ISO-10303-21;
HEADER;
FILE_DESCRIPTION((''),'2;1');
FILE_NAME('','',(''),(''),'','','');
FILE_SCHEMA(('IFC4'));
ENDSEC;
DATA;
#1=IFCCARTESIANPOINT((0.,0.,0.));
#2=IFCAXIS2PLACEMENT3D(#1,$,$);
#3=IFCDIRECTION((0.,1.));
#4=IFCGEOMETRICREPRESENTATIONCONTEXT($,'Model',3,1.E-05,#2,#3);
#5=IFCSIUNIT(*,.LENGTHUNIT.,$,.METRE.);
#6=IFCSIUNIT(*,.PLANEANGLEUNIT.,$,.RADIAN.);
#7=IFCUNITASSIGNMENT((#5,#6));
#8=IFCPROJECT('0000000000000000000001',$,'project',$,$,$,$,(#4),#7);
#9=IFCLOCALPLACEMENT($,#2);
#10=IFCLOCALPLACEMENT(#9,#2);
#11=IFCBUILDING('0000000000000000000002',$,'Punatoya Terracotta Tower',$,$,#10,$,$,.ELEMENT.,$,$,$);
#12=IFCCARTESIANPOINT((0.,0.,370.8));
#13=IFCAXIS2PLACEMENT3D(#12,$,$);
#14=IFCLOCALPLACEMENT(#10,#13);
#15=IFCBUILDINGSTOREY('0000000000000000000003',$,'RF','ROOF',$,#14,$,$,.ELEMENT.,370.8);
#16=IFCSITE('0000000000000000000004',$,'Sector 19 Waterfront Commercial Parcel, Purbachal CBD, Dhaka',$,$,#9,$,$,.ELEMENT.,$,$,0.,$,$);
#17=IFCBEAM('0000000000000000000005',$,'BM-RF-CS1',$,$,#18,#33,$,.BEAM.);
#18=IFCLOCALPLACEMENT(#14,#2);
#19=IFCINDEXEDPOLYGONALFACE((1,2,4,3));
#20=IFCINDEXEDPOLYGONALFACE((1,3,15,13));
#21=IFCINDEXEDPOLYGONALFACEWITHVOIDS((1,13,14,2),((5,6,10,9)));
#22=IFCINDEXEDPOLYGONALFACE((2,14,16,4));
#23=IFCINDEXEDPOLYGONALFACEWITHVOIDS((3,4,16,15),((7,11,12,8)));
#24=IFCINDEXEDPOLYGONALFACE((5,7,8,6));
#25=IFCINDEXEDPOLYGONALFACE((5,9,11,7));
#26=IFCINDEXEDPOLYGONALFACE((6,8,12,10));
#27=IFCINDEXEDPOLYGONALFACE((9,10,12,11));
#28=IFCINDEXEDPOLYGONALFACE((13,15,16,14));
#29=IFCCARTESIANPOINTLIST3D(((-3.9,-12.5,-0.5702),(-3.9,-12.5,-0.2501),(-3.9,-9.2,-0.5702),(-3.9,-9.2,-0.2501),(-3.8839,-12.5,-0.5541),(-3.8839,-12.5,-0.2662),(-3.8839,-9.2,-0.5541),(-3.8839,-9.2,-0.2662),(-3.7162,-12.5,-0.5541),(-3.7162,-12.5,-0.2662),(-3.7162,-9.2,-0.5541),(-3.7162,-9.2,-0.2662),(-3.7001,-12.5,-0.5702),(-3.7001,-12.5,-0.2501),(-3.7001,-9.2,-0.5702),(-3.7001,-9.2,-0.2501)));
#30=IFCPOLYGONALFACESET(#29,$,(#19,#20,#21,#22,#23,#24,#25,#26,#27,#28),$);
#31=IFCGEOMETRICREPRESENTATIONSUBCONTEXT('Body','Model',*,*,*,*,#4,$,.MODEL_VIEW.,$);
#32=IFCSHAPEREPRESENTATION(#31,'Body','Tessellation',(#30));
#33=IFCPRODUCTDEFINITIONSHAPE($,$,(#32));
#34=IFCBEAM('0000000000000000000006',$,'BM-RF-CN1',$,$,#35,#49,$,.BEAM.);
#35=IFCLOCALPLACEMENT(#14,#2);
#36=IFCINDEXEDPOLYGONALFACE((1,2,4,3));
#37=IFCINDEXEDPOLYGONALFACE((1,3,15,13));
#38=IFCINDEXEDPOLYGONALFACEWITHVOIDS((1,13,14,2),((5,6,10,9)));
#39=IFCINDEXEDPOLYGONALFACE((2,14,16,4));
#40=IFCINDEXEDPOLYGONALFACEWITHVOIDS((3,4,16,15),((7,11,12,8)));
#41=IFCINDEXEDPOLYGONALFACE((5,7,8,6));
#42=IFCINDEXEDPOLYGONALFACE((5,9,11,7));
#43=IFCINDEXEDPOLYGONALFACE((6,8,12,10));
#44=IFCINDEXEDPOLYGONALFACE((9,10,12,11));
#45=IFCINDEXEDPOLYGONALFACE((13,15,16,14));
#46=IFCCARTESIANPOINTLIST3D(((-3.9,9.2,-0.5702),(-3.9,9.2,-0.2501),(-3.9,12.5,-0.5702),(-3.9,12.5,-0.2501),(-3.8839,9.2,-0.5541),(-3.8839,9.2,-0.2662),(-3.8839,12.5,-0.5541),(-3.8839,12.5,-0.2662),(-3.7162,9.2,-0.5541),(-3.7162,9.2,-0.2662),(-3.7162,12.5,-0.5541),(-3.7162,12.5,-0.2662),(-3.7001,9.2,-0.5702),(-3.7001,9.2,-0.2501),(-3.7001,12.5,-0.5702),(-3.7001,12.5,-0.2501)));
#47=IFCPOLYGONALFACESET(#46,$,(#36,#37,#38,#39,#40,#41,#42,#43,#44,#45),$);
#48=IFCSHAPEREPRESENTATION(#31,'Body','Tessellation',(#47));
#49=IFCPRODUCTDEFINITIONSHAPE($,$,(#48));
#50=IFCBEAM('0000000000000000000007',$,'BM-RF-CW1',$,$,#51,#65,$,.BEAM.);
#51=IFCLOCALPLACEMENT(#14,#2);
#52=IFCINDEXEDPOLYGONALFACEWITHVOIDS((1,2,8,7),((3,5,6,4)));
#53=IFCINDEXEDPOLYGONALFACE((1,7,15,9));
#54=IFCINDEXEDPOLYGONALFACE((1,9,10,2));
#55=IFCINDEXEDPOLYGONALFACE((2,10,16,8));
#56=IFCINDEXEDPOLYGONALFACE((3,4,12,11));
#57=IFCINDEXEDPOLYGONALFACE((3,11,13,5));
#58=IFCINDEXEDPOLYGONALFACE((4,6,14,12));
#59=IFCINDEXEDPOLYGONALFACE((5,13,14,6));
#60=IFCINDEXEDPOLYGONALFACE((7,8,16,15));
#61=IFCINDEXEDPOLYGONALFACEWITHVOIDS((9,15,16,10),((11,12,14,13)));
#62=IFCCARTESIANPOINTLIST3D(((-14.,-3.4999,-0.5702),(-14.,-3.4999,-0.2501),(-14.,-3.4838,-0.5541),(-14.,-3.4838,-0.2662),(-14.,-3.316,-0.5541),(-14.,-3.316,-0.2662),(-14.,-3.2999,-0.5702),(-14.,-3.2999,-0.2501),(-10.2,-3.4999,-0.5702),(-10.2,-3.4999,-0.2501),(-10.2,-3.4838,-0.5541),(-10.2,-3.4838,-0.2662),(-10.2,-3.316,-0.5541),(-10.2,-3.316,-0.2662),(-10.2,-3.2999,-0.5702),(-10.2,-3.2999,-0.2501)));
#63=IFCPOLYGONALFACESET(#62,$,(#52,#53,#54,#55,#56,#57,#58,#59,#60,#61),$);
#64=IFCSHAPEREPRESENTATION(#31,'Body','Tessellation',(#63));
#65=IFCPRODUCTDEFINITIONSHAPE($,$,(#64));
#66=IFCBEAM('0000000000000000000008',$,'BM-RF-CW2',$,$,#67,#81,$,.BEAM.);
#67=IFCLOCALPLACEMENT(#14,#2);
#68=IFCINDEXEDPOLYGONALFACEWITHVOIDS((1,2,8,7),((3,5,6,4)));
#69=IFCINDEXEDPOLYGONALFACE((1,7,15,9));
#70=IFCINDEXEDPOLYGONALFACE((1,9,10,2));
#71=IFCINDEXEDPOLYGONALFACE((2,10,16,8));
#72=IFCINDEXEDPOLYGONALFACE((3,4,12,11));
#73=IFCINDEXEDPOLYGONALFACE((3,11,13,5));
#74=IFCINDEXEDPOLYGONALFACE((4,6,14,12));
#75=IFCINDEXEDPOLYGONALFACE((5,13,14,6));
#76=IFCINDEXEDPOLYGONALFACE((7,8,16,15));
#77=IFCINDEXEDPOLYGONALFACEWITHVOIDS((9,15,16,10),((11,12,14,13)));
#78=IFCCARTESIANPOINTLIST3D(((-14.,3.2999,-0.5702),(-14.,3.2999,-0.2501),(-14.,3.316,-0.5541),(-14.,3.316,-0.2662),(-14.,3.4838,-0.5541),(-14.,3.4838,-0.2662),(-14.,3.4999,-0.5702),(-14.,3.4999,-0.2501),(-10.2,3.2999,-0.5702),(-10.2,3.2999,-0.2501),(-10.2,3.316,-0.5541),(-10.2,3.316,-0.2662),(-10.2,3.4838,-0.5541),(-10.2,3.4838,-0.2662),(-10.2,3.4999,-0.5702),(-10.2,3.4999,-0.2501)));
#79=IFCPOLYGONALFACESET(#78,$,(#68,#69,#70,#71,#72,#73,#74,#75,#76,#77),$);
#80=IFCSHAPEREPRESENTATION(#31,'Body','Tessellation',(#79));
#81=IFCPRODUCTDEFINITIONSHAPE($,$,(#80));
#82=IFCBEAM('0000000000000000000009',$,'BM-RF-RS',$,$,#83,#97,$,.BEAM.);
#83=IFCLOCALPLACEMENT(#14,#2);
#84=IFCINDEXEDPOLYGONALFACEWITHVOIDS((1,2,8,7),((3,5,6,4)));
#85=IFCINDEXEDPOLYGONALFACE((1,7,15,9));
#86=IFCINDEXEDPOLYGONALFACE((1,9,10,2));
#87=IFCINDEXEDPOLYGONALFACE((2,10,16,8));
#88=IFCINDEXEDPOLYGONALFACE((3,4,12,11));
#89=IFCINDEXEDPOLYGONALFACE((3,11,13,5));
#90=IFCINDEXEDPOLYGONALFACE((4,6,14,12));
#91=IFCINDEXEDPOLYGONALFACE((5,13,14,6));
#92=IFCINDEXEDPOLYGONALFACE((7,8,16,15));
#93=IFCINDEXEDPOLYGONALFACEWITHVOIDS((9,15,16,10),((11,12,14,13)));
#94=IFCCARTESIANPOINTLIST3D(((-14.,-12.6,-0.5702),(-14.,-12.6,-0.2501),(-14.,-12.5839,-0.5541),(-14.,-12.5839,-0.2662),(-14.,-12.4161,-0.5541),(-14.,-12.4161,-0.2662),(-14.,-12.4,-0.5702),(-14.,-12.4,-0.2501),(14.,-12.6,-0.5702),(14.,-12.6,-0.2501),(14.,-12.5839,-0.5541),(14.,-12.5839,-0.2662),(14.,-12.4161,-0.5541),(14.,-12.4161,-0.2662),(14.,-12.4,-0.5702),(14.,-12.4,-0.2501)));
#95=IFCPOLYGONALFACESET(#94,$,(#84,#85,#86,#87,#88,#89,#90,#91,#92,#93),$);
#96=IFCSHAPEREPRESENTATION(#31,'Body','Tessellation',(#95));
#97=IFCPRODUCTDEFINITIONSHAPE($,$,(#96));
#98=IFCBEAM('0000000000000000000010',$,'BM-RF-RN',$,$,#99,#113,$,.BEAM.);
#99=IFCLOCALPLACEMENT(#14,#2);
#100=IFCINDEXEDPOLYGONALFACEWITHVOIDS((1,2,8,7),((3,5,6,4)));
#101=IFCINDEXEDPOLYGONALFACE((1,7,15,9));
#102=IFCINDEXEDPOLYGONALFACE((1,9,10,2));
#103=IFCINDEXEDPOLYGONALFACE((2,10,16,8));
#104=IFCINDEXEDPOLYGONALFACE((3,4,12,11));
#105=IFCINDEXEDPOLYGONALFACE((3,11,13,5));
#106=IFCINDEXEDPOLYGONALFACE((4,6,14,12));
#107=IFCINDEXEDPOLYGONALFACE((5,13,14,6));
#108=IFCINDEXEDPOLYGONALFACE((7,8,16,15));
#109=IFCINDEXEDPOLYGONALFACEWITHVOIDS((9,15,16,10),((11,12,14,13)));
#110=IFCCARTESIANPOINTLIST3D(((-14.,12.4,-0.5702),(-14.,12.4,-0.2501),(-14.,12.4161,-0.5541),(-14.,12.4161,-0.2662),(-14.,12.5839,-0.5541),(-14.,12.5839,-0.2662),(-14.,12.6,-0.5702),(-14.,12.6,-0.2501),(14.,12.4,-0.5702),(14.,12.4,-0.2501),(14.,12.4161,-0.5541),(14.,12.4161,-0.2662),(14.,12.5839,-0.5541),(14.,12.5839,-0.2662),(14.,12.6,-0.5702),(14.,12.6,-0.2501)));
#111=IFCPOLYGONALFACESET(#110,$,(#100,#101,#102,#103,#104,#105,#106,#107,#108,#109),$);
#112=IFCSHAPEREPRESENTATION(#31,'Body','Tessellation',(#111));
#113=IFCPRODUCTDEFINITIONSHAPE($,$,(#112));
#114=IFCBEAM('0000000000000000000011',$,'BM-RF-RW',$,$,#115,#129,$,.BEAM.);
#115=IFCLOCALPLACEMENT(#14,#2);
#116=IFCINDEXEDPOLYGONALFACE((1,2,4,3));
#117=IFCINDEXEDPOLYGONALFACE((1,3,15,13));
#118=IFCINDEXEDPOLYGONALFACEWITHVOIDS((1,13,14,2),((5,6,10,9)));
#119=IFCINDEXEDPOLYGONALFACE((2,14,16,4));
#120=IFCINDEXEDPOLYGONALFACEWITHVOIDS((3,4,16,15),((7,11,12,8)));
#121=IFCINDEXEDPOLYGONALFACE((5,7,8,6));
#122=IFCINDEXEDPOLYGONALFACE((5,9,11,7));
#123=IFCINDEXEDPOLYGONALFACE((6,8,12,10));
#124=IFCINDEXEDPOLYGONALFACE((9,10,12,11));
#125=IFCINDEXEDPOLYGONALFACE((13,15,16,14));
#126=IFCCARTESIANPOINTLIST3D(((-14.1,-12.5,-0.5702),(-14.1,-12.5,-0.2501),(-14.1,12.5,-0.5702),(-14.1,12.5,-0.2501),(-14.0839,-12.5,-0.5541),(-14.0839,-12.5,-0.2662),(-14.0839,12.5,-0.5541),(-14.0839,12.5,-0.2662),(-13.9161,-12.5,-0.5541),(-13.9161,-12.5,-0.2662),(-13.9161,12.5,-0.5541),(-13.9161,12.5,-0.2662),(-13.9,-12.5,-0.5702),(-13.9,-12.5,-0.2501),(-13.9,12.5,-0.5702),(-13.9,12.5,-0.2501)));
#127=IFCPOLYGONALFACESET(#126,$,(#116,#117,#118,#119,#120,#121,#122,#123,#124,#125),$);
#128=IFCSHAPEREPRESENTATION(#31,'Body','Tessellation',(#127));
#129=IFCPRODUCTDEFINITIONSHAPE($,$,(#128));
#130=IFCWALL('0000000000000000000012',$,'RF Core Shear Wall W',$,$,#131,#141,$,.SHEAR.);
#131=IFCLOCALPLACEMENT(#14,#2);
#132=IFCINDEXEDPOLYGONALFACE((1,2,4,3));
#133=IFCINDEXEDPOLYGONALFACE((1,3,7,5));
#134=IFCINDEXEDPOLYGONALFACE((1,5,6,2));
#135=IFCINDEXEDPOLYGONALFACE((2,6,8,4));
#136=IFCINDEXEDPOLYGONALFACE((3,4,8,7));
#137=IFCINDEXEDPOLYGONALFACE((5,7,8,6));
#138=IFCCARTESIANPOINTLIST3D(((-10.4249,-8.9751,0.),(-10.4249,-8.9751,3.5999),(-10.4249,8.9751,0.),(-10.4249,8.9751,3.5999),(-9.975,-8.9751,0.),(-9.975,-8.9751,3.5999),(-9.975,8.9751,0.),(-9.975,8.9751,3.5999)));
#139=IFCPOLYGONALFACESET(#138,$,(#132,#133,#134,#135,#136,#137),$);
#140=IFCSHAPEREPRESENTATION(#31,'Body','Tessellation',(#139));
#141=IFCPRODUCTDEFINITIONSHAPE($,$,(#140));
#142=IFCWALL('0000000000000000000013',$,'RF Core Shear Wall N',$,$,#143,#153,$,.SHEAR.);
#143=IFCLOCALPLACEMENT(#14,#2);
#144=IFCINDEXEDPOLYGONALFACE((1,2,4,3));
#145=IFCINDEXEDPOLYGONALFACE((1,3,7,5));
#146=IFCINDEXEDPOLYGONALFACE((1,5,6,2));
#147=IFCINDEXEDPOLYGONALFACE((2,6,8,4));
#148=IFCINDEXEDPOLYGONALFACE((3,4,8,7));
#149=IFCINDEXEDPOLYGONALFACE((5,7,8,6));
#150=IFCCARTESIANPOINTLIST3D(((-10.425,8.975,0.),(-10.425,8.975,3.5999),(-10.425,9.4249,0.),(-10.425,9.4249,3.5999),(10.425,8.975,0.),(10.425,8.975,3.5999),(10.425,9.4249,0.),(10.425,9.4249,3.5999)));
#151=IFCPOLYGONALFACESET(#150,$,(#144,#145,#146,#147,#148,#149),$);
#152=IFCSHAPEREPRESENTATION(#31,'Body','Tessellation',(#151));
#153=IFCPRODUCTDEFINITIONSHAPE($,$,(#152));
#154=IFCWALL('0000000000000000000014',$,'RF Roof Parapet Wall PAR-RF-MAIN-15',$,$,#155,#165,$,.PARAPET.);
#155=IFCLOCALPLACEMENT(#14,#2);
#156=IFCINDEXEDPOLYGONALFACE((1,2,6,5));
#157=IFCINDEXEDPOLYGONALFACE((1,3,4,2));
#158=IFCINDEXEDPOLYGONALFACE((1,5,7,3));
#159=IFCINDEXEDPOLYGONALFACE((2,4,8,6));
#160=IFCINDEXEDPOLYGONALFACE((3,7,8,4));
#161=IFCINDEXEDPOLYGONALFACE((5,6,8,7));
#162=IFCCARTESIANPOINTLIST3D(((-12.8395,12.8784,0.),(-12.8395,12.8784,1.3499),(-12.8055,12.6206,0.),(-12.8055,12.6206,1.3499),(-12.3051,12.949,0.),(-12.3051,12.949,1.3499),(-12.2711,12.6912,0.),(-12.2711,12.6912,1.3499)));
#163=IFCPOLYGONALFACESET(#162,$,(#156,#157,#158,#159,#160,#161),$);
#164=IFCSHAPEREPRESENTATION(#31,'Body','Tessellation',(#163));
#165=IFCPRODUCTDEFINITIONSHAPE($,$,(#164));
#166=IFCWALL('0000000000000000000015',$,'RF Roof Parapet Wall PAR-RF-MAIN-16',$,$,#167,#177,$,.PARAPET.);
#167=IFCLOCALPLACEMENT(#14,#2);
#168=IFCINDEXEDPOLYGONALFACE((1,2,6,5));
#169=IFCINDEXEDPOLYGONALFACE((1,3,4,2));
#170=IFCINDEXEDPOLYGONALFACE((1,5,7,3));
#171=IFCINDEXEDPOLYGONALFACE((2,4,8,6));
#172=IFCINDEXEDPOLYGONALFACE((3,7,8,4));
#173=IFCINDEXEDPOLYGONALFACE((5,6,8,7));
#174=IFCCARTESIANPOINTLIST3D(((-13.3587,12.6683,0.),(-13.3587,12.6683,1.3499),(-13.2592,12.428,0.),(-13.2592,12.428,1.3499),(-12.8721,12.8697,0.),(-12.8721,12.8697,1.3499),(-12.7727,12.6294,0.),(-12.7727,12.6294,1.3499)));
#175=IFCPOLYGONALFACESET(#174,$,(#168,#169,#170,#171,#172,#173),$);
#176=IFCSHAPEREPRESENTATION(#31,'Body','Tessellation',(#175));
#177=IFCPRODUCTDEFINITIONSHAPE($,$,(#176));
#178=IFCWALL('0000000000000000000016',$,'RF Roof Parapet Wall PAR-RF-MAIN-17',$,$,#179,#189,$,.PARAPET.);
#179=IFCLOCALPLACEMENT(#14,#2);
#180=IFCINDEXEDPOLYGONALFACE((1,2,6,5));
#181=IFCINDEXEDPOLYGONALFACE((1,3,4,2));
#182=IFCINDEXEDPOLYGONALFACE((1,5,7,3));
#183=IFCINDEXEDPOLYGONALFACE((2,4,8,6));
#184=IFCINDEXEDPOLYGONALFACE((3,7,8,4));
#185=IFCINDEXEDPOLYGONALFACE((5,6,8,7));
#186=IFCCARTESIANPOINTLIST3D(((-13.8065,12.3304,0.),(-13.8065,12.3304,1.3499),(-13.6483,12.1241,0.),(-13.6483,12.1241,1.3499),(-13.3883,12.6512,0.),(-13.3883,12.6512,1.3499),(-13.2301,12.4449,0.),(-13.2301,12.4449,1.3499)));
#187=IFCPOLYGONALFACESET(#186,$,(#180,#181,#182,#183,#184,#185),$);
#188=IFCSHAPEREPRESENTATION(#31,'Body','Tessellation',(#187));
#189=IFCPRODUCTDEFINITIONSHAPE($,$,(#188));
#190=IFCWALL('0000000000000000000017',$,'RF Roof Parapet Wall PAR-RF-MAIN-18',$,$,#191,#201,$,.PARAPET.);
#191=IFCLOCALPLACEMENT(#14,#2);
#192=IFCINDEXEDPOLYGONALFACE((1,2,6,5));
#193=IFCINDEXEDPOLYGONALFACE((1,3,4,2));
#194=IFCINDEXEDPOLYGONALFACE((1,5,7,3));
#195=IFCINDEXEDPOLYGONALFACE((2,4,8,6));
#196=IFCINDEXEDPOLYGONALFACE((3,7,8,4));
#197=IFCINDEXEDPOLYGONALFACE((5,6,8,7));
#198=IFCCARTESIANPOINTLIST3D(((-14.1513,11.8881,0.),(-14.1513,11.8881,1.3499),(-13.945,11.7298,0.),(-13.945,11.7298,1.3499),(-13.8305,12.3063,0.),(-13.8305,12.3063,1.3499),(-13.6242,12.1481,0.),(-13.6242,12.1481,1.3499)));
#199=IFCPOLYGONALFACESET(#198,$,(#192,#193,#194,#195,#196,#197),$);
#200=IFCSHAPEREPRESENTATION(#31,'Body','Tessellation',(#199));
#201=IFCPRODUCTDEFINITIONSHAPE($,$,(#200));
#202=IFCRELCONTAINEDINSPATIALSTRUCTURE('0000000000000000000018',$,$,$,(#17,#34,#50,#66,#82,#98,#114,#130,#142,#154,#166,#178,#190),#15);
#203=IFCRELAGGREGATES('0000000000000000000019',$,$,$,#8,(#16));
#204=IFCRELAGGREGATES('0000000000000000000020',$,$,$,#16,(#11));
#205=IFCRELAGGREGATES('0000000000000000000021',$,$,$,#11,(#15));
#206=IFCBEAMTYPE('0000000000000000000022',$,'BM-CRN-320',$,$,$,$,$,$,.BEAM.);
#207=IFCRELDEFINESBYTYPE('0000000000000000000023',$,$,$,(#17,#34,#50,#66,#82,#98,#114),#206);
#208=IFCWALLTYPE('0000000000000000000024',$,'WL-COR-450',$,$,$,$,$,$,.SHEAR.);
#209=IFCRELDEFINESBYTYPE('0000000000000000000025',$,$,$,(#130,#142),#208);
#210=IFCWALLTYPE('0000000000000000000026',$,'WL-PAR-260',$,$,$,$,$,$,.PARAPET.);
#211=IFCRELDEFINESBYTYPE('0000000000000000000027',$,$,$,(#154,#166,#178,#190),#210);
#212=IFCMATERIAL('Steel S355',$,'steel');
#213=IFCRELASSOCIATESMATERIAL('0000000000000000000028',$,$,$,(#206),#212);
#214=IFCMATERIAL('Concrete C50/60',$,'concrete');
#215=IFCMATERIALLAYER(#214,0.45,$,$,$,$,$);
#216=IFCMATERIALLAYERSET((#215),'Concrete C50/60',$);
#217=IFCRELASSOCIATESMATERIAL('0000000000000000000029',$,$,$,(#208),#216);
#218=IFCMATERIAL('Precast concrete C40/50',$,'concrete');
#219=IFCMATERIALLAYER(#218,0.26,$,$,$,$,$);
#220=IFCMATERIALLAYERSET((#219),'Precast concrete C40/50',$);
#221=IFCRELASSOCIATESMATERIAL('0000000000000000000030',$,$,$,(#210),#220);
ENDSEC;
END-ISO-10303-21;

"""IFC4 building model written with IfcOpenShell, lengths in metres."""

from ifc_helpers import new_model, si_unit, direction, frame, frame_2d, origin, origin_2d, place, context, subcontext, project, spatial, rectangle, hollow_rectangle, extrude, material, layer, layer_set, material_profile, profile_set, type_object, element, save


model = new_model("IFC4")

# Units and contexts
model_context = context("Model", 3, precision=1e-05, world=origin(), true_north=direction((0.0, 1.0)))
body_context = subcontext(model_context, "Body", "Model", "MODEL_VIEW")
ifc_project = project(units=[si_unit("LENGTHUNIT", "METRE"), si_unit("PLANEANGLEUNIT", "RADIAN")], contexts=[model_context])

# Site, building, storey
site_placement = place(None, origin())
site = spatial("IfcSite", under=ifc_project, at=site_placement, Name="Sector 19 Waterfront Commercial Parcel, Purbachal CBD, Dhaka", CompositionType="ELEMENT", RefElevation=0.0)
building_placement = place(site_placement, origin())
building = spatial("IfcBuilding", under=site, at=building_placement, Name="Punatoya Terracotta Tower", CompositionType="ELEMENT")
storey_placement = place(building_placement, frame((0.0, 0.0, 370.8)))
storey = spatial("IfcBuildingStorey", under=building, at=storey_placement, Name="RF", Description="ROOF", CompositionType="ELEMENT", Elevation=370.8)

# Beams
ifc_material_1 = material(Name="Steel S355", Category="steel")
ifc_material_profile = material_profile(ifc_material_1, hollow_rectangle(XDim=0.2, YDim=0.3201, WallThickness=0.0161, at=origin_2d()))
ifc_profile_set = profile_set([ifc_material_profile], Name="Steel S355")
beam_type = type_object("IfcBeamType", Name="BM-CRN-320", PredefinedType="BEAM", material=ifc_profile_set)
for number, where, z_axis, x_axis, name in (
    (1, (-3.8, -12.5, -0.4102), (0.0, 1.0, 0.0), (-1.0, 0.0, 0.0), "BM-RF-CS1"),
    (2, (-3.8, 9.2, -0.4102), (0.0, 1.0, 0.0), (-1.0, 0.0, 0.0), "BM-RF-CN1"),
):
    element("IfcBeam", number, at=place(storey_placement, frame(where, z_axis=z_axis, x_axis=x_axis)), inside=storey, type_object=beam_type, Name=name, PredefinedType="BEAM", context=body_context, shape_type="SweptSolid", body=[
        extrude(hollow_rectangle(XDim=0.2, YDim=0.3201, WallThickness=0.0161, at=origin_2d()), origin(), (0.0, 0.0, 1.0), 3.3),
    ])
for number, where, z_axis, x_axis, name in (
    (3, (-14.0, -3.3999, -0.4102), (1.0, 0.0, 0.0), (0.0, 1.0, 0.0), "BM-RF-CW1"),
    (4, (-14.0, 3.3999, -0.4102), (1.0, 0.0, 0.0), (0.0, 1.0, 0.0), "BM-RF-CW2"),
):
    element("IfcBeam", number, at=place(storey_placement, frame(where, z_axis=z_axis, x_axis=x_axis)), inside=storey, type_object=beam_type, Name=name, PredefinedType="BEAM", context=body_context, shape_type="SweptSolid", body=[
        extrude(hollow_rectangle(XDim=0.2, YDim=0.3201, WallThickness=0.0161, at=origin_2d()), origin(), (0.0, 0.0, 1.0), 3.8),
    ])
for number, where, z_axis, x_axis, name in (
    (5, (-14.0, -12.5, -0.4102), (1.0, 0.0, 0.0), (0.0, 1.0, 0.0), "BM-RF-RS"),
    (6, (-14.0, 12.5, -0.4102), (1.0, 0.0, 0.0), (0.0, 1.0, 0.0), "BM-RF-RN"),
):
    element("IfcBeam", number, at=place(storey_placement, frame(where, z_axis=z_axis, x_axis=x_axis)), inside=storey, type_object=beam_type, Name=name, PredefinedType="BEAM", context=body_context, shape_type="SweptSolid", body=[
        extrude(hollow_rectangle(XDim=0.2, YDim=0.3201, WallThickness=0.0161, at=origin_2d()), origin(), (0.0, 0.0, 1.0), 28.0),
    ])
beam_placement = place(storey_placement, frame((-14.0, -12.5, -0.4102), z_axis=(0.0, 1.0, 0.0), x_axis=(-1.0, 0.0, 0.0)))
element("IfcBeam", 7, at=beam_placement, inside=storey, type_object=beam_type, Name="BM-RF-RW", PredefinedType="BEAM", context=body_context, shape_type="SweptSolid", body=[
    extrude(hollow_rectangle(XDim=0.2, YDim=0.3201, WallThickness=0.0161, at=origin_2d()), origin(), (0.0, 0.0, 1.0), 25.0),
])

# Walls
ifc_material_2 = material(Name="Concrete C50/60", Category="concrete")
ifc_layer_1 = layer(ifc_material_2, 0.45)
ifc_layer_set_1 = layer_set([ifc_layer_1], Name="Concrete C50/60")
wall_type_1 = type_object("IfcWallType", Name="WL-COR-450", PredefinedType="SHEAR", material=ifc_layer_set_1)
wall_1_placement = place(storey_placement, frame((-10.2, -8.9751, 0.0), z_axis=(0.0, 0.0, 1.0), x_axis=(0.0, 1.0, 0.0)))
element("IfcWall", 8, at=wall_1_placement, inside=storey, type_object=wall_type_1, Name="RF Core Shear Wall W", PredefinedType="SHEAR", context=body_context, shape_type="SweptSolid", body=[
    extrude(rectangle(XDim=17.9502, YDim=0.45, at=frame_2d((8.9751, 0.0))), origin(), (0.0, 0.0, 1.0), 3.5999),
])
wall_2_placement = place(storey_placement, frame((-10.425, 9.2, 0.0), z_axis=(0.0, 0.0, 1.0), x_axis=(1.0, 0.0, 0.0)))
element("IfcWall", 9, at=wall_2_placement, inside=storey, type_object=wall_type_1, Name="RF Core Shear Wall N", PredefinedType="SHEAR", context=body_context, shape_type="SweptSolid", body=[
    extrude(rectangle(XDim=20.8501, YDim=0.45, at=frame_2d((10.425, 0.0))), origin(), (0.0, 0.0, 1.0), 3.5999),
])
ifc_material_3 = material(Name="Precast concrete C40/50", Category="concrete")
ifc_layer_2 = layer(ifc_material_3, 0.26)
ifc_layer_set_2 = layer_set([ifc_layer_2], Name="Precast concrete C40/50")
wall_type_2 = type_object("IfcWallType", Name="WL-PAR-260", PredefinedType="PARAPET", material=ifc_layer_set_2)
wall_3_placement = place(storey_placement, frame((-12.2881, 12.8201, 0.0), z_axis=(0.0, 0.0, 1.0), x_axis=(-0.991397, -0.130888, 0.0)))
element("IfcWall", 10, at=wall_3_placement, inside=storey, type_object=wall_type_2, Name="RF Roof Parapet Wall PAR-RF-MAIN-15", PredefinedType="PARAPET", context=body_context, shape_type="SweptSolid", body=[
    extrude(rectangle(XDim=0.5391, YDim=0.26, at=frame_2d((0.2695, 0.0))), origin(), (0.0, 0.0, 1.0), 1.3499),
])
wall_4_placement = place(storey_placement, frame((-12.8225, 12.7495, 0.0), z_axis=(0.0, 0.0, 1.0), x_axis=(-0.923966, -0.382475, 0.0)))
element("IfcWall", 11, at=wall_4_placement, inside=storey, type_object=wall_type_2, Name="RF Roof Parapet Wall PAR-RF-MAIN-16", PredefinedType="PARAPET", context=body_context, shape_type="SweptSolid", body=[
    extrude(rectangle(XDim=0.5266, YDim=0.26, at=frame_2d((0.2632, 0.0))), origin(), (0.0, 0.0, 1.0), 1.3499),
])
for number, where, z_axis, x_axis, name in (
    (12, (-13.3091, 12.5481, 0.0), (0.0, 0.0, 1.0), (-0.79345, -0.608636, 0.0), "RF Roof Parapet Wall PAR-RF-MAIN-17"),
    (13, (-13.7273, 12.2273, 0.0), (0.0, 0.0, 1.0), (-0.608636, -0.79345, 0.0), "RF Roof Parapet Wall PAR-RF-MAIN-18"),
):
    element("IfcWall", number, at=place(storey_placement, frame(where, z_axis=z_axis, x_axis=x_axis)), inside=storey, type_object=wall_type_2, Name=name, PredefinedType="PARAPET", context=body_context, shape_type="SweptSolid", body=[
        extrude(rectangle(XDim=0.5271, YDim=0.26, at=frame_2d((0.2637, 0.0))), origin(), (0.0, 0.0, 1.0), 1.3499),
    ])

save(model, "model.ifc")
